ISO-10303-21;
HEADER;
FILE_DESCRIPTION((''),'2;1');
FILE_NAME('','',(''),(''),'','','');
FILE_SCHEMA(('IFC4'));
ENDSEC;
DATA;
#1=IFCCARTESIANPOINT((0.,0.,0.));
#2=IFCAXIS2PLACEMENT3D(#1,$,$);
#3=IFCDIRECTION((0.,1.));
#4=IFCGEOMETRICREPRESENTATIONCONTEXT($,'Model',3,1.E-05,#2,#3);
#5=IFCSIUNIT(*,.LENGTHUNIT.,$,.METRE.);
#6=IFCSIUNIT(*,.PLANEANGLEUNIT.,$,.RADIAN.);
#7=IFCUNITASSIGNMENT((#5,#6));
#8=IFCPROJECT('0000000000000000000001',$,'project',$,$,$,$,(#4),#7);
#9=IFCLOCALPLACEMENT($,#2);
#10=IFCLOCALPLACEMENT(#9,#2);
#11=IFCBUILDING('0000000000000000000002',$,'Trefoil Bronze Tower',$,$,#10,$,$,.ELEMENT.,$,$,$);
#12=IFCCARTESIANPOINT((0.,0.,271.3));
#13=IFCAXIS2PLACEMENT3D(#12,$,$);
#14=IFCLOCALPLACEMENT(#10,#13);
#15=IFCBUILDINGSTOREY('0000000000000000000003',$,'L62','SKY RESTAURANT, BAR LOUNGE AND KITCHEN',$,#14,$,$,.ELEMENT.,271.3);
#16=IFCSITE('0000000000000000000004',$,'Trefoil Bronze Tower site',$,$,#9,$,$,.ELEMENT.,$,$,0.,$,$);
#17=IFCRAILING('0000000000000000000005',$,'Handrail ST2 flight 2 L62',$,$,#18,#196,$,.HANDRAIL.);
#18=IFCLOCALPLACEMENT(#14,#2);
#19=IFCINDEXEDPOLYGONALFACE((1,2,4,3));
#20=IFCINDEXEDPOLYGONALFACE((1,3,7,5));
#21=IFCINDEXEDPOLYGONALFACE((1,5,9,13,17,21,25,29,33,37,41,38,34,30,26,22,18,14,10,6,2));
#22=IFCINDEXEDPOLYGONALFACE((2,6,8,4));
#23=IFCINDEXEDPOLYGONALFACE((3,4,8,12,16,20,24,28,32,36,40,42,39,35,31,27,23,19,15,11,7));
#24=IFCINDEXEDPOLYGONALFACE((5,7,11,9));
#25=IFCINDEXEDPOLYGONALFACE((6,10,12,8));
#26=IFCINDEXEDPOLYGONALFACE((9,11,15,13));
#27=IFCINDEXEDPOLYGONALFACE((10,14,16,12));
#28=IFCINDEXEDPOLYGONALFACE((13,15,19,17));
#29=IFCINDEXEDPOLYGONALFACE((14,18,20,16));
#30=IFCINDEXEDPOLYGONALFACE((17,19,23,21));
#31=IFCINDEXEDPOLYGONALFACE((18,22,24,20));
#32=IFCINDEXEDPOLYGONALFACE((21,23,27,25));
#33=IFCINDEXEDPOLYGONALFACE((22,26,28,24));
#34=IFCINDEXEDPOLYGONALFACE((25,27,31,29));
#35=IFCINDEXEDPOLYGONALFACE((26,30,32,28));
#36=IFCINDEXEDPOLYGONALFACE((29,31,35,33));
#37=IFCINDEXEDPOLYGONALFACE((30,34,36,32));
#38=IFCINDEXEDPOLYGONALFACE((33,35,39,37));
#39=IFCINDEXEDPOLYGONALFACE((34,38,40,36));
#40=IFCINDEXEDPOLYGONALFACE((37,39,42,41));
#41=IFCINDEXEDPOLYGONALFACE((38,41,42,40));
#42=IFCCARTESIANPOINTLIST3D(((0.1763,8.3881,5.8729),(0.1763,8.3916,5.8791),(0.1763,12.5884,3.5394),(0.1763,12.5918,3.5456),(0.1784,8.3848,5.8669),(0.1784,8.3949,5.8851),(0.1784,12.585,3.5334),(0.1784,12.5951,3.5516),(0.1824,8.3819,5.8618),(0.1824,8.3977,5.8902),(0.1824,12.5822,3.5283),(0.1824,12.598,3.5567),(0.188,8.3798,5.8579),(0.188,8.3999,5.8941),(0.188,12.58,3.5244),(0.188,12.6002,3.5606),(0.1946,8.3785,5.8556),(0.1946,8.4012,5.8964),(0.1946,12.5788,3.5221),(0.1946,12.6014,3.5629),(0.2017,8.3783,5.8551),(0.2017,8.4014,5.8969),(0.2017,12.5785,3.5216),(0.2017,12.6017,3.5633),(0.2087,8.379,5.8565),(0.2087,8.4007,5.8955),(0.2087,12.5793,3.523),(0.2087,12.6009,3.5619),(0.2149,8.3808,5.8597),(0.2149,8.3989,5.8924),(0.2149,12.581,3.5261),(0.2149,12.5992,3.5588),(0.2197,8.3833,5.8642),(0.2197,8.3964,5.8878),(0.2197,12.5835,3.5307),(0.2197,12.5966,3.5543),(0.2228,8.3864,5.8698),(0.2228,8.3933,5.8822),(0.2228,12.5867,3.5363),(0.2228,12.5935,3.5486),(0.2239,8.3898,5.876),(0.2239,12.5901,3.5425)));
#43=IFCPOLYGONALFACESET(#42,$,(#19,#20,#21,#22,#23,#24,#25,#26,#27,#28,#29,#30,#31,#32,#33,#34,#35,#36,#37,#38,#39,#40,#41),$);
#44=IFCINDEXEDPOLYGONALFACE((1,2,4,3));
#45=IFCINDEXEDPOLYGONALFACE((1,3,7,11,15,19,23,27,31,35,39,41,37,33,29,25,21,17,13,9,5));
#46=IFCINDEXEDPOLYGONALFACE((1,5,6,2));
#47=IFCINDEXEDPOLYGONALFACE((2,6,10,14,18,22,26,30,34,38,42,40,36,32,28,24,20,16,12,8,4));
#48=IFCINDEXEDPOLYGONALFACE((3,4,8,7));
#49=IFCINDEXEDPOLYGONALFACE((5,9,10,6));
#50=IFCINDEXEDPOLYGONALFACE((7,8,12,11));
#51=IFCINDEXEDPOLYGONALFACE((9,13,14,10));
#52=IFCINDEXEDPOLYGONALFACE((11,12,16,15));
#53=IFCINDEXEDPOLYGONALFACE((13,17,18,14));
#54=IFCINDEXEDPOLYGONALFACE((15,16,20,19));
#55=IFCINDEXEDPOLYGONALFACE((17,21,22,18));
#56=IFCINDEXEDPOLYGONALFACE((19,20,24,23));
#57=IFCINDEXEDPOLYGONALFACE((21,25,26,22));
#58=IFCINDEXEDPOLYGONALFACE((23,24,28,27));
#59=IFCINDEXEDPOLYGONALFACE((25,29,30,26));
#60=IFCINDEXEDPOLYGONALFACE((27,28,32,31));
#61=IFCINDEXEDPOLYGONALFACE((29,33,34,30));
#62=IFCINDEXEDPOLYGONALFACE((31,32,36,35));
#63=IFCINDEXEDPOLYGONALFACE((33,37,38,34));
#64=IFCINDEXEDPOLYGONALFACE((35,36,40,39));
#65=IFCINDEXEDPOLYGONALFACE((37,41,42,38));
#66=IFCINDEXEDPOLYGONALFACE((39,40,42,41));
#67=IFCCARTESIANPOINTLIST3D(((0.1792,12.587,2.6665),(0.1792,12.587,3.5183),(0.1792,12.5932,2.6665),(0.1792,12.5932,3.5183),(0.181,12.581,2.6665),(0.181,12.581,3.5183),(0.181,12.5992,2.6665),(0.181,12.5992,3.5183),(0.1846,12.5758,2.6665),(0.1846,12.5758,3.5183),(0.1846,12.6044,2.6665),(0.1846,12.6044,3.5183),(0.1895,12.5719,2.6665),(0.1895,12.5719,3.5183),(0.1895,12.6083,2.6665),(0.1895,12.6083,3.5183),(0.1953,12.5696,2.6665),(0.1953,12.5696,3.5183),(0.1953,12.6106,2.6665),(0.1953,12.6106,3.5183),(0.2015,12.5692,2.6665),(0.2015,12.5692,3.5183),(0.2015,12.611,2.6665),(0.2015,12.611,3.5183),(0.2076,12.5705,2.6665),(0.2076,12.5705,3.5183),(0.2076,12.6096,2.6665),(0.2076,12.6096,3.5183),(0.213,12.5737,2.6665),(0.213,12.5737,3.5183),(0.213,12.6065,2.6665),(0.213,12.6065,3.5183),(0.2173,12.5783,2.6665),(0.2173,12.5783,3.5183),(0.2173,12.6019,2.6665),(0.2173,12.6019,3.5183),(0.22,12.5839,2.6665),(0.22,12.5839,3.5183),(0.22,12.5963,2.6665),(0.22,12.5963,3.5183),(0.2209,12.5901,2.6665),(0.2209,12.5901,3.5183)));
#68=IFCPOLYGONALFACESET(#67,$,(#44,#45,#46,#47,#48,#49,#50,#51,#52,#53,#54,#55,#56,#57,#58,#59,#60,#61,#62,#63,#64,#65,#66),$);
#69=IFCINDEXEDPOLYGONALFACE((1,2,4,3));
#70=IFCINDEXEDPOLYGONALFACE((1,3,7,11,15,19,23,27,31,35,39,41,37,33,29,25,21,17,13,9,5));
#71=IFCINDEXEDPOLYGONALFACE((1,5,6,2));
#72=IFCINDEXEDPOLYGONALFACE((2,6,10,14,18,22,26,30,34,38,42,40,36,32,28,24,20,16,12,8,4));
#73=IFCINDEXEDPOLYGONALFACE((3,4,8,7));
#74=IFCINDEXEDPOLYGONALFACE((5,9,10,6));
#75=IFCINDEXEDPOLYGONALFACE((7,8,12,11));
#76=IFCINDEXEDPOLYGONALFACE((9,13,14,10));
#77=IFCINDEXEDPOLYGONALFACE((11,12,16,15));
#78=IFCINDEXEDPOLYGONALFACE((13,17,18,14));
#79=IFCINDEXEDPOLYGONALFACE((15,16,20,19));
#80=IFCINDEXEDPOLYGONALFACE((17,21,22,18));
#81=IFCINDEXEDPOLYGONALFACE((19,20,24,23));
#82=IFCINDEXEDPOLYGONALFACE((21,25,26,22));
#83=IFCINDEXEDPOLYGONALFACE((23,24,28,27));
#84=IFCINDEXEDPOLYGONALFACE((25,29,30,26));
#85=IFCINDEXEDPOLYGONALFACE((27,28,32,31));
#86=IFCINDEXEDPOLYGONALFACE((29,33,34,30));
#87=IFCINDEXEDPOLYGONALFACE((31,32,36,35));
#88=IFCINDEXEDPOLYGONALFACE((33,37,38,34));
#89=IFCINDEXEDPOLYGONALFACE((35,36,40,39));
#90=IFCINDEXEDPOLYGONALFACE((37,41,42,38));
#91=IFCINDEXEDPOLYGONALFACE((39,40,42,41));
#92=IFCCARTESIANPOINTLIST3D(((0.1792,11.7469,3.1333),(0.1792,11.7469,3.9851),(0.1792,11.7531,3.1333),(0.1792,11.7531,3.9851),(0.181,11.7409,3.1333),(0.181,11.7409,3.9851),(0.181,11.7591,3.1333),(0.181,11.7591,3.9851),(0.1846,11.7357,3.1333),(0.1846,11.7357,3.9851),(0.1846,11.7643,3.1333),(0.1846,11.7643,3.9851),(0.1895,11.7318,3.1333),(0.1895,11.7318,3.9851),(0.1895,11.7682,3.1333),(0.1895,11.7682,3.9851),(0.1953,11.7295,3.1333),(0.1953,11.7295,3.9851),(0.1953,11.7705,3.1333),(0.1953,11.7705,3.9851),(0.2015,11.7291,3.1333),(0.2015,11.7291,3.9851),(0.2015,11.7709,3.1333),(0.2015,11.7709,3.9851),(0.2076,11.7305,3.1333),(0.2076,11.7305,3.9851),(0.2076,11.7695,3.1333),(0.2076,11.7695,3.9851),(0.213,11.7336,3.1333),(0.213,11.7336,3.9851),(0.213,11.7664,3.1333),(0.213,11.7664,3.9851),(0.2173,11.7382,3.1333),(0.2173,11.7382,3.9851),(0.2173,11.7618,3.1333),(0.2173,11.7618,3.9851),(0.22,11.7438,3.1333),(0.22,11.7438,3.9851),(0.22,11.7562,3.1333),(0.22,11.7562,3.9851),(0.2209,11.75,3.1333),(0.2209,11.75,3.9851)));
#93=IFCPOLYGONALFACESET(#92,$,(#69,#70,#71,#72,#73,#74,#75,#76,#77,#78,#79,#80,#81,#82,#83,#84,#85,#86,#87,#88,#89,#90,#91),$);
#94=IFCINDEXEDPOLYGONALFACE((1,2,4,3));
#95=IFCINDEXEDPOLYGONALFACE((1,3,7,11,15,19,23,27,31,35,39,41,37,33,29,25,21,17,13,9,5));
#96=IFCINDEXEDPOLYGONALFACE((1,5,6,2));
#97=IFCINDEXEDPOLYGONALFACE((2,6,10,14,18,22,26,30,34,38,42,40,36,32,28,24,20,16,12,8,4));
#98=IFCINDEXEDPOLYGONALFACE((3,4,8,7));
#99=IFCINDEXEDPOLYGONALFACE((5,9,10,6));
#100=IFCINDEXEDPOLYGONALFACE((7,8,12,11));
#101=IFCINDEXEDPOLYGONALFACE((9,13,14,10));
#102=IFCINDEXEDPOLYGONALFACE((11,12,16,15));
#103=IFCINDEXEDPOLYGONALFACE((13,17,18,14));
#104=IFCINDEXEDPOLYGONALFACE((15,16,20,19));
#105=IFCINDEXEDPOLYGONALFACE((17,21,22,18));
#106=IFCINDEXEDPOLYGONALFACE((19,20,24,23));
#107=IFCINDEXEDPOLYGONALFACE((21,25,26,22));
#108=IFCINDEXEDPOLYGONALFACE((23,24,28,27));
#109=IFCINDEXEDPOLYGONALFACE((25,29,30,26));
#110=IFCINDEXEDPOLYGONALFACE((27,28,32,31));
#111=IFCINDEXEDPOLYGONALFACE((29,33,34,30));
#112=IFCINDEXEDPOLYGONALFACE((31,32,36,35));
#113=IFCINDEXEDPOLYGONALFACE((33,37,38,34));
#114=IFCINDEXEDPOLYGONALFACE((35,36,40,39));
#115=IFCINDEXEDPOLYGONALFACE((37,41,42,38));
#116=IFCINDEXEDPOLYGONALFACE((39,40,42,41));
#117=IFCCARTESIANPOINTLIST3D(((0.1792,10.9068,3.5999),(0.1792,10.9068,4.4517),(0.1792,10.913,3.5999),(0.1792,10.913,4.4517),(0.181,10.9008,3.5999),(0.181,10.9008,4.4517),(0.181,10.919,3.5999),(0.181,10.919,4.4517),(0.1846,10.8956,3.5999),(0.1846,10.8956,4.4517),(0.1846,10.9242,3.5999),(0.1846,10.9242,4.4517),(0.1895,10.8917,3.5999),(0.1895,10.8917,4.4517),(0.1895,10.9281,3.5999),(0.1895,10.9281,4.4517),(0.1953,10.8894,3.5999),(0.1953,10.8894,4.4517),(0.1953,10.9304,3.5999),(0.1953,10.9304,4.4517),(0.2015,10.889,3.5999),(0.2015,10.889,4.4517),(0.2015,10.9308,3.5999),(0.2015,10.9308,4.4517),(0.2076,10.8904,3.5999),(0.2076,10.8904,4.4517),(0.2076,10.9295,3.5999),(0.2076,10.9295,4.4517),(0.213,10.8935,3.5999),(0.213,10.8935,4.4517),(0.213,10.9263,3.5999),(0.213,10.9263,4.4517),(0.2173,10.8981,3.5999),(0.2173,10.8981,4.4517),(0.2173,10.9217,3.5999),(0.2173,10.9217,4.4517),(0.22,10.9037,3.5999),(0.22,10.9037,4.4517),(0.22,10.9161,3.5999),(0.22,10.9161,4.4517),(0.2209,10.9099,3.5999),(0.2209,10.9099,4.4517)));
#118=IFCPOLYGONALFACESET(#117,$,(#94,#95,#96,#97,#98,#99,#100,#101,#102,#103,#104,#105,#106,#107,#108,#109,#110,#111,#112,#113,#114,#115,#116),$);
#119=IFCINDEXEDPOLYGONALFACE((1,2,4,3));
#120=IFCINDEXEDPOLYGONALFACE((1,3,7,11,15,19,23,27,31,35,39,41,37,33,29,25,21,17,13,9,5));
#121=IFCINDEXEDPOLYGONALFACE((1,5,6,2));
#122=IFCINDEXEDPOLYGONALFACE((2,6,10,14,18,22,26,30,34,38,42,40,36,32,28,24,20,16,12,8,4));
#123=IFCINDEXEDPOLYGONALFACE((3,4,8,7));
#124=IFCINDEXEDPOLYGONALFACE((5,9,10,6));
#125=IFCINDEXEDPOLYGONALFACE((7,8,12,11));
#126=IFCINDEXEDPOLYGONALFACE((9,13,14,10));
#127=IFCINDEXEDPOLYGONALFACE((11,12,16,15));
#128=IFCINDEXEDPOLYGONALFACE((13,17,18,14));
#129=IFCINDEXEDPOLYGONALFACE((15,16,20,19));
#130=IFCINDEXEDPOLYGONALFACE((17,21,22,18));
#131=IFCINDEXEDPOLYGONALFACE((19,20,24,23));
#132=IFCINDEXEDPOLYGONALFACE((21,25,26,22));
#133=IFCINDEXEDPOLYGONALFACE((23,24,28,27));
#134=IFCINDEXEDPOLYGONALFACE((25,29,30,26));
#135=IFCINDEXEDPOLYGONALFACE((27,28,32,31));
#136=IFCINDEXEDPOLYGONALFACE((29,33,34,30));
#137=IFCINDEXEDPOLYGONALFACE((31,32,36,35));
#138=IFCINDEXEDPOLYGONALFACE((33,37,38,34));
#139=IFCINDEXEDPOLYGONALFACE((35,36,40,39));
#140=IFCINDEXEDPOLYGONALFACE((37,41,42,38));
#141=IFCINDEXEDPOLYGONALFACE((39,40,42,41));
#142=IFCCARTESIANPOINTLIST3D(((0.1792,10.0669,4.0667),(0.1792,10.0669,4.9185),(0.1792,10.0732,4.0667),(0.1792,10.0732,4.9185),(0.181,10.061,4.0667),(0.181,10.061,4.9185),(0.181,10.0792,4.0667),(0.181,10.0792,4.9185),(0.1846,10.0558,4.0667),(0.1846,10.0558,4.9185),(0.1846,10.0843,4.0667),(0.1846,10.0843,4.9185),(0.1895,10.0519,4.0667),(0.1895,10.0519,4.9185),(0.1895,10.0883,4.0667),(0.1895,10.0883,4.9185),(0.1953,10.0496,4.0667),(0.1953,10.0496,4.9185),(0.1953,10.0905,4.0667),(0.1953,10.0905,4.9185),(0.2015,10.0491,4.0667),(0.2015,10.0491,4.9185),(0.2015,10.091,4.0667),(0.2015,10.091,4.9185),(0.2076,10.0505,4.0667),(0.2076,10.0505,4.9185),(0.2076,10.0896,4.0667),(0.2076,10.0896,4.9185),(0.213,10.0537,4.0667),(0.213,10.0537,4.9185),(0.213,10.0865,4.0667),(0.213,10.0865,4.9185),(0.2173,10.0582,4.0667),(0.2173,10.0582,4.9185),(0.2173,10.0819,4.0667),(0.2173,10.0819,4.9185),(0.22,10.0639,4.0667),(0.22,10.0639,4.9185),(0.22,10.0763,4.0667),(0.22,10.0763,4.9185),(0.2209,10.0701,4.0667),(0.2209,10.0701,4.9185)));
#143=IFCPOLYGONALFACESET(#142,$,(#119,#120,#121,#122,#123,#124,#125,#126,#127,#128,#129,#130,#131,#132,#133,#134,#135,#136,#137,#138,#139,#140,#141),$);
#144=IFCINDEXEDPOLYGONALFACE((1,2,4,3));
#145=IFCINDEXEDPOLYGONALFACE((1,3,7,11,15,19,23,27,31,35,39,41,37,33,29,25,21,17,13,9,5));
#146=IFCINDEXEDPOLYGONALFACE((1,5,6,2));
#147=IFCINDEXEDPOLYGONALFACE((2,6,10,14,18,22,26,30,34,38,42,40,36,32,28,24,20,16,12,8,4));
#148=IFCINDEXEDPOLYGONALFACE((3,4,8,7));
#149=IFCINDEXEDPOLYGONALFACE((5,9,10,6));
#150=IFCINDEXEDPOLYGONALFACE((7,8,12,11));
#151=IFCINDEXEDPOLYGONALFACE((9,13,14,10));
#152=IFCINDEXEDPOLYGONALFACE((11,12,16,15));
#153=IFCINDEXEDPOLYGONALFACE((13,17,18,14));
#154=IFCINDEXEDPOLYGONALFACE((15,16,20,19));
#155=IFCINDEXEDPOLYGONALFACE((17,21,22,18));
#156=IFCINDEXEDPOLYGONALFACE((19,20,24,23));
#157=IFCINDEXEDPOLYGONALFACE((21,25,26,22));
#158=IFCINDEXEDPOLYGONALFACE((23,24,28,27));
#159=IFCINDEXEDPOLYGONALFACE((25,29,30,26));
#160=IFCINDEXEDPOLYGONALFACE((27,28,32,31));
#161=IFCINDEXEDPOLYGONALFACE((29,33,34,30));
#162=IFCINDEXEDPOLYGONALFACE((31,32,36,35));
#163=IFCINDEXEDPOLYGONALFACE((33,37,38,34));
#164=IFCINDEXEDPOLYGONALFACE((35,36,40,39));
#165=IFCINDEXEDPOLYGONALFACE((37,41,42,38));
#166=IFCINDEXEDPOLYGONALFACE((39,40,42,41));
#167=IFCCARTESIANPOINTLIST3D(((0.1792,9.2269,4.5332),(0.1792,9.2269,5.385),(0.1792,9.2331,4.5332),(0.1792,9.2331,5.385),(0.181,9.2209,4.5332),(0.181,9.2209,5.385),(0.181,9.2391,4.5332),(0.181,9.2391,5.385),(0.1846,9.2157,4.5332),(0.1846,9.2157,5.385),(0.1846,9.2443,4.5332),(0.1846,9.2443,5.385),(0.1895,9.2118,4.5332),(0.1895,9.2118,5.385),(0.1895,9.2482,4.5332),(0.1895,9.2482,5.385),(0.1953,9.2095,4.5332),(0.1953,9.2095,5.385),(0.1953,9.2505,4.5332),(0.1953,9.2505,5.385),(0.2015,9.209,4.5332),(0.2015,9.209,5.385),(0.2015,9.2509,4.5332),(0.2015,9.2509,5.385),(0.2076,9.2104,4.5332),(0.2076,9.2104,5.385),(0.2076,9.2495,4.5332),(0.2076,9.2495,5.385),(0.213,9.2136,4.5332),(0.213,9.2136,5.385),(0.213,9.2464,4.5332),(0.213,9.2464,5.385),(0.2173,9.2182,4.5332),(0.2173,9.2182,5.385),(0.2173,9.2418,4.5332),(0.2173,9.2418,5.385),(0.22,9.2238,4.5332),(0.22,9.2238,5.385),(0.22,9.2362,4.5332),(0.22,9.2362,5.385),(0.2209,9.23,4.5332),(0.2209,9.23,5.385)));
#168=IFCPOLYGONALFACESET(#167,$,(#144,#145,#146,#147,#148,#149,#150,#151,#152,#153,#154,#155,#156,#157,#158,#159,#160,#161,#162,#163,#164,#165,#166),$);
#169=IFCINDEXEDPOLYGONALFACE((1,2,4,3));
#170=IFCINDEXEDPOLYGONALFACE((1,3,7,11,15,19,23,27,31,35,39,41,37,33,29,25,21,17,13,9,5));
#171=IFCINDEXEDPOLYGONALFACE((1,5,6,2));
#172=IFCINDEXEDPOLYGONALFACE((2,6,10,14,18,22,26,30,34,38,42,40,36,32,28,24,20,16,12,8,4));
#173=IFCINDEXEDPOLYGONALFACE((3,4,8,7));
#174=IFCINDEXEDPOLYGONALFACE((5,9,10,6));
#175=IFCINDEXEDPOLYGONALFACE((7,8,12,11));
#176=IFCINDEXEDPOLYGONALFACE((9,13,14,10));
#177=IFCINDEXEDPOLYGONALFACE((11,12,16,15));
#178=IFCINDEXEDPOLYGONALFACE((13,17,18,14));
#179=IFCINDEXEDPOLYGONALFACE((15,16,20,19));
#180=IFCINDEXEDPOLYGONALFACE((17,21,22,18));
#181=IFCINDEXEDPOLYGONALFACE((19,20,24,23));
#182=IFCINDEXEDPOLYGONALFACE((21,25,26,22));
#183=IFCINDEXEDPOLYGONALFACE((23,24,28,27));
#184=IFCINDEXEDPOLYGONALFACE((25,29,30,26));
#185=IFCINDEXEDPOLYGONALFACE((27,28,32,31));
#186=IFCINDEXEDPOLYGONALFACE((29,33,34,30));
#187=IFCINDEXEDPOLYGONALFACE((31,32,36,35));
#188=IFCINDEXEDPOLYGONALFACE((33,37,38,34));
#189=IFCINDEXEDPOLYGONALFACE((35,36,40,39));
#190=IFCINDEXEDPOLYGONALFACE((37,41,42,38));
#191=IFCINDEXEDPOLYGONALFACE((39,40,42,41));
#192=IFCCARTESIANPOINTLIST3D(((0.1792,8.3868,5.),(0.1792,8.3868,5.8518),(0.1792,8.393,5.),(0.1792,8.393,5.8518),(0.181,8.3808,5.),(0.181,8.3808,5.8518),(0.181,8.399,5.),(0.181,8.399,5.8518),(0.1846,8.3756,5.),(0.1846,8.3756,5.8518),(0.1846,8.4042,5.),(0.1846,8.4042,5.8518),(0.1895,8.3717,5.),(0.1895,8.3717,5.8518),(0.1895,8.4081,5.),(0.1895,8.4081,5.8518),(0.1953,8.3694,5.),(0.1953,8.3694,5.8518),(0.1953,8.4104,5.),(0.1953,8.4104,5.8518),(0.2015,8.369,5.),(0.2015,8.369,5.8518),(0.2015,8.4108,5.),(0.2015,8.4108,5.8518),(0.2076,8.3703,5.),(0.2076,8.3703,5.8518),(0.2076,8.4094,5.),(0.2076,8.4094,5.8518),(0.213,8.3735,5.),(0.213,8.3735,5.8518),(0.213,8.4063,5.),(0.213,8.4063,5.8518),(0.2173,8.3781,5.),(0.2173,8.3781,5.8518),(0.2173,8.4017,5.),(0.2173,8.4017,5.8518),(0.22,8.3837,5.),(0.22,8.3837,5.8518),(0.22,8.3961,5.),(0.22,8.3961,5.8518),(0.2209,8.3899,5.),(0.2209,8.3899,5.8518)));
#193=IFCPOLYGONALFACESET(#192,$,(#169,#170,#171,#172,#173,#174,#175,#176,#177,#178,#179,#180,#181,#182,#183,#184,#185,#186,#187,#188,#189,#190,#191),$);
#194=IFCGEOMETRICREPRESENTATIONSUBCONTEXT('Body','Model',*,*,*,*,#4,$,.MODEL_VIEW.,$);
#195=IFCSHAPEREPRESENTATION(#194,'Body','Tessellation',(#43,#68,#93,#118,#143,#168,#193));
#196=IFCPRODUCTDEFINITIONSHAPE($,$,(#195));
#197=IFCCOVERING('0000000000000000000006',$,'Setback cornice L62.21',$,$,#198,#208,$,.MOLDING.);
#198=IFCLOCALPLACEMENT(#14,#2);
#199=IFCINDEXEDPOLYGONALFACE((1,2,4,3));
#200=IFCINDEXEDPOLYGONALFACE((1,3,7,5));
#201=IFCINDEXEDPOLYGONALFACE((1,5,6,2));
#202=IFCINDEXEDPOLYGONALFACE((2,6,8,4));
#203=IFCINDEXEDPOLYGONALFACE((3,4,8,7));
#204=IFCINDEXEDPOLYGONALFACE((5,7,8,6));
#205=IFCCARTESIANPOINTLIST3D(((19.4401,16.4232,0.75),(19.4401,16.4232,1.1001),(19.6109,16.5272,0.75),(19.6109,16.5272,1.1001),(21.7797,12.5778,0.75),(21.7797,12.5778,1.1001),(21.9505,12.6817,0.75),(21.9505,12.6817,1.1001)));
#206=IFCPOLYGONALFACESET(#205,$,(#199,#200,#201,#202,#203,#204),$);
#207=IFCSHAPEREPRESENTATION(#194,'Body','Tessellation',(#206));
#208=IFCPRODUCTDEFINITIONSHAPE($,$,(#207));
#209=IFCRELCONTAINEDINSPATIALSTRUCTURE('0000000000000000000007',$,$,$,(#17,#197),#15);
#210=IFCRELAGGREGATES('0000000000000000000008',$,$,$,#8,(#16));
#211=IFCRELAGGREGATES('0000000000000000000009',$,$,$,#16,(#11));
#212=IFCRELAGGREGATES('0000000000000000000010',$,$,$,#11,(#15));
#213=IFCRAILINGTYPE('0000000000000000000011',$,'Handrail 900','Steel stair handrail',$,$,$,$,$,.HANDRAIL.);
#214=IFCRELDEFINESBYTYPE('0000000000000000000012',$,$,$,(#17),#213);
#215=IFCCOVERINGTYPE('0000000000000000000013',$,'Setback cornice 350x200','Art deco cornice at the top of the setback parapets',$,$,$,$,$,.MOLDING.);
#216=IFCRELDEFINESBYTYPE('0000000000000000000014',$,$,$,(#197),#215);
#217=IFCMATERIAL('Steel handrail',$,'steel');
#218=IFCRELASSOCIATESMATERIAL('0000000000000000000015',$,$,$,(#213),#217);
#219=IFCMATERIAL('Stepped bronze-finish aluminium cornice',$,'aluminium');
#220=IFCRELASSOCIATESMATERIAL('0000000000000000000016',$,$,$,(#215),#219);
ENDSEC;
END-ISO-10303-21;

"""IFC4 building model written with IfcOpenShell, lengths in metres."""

from ifc_helpers import new_model, si_unit, direction, frame, origin, origin_2d, place, context, subcontext, project, spatial, rectangle, circle, extrude, material, type_object, element, save


model = new_model("IFC4")

# Units and contexts
model_context = context("Model", 3, precision=1e-05, world=origin(), true_north=direction((0.0, 1.0)))
body_context = subcontext(model_context, "Body", "Model", "MODEL_VIEW")
ifc_project = project(units=[si_unit("LENGTHUNIT", "METRE"), si_unit("PLANEANGLEUNIT", "RADIAN")], contexts=[model_context])

# Site, building, storey
site_placement = place(None, origin())
site = spatial("IfcSite", under=ifc_project, at=site_placement, Name="Trefoil Bronze Tower site", CompositionType="ELEMENT", RefElevation=0.0)
building_placement = place(site_placement, origin())
building = spatial("IfcBuilding", under=site, at=building_placement, Name="Trefoil Bronze Tower", CompositionType="ELEMENT")
storey_placement = place(building_placement, frame((0.0, 0.0, 271.3)))
storey = spatial("IfcBuildingStorey", under=building, at=storey_placement, Name="L62", Description="SKY RESTAURANT, BAR LOUNGE AND KITCHEN", CompositionType="ELEMENT", Elevation=271.3)

# Railing
ifc_material_1 = material(Name="Steel handrail", Category="steel")
railing_type_1 = type_object("IfcRailingType", Name="Handrail 900", Description="Steel stair handrail", PredefinedType="HANDRAIL", material=ifc_material_1)
railing_1_placement = place(storey_placement, frame((0.2, 12.5901, 2.6665)))
element("IfcRailing", 1, at=railing_1_placement, inside=storey, type_object=railing_type_1, Name="Handrail ST2 flight 2 L62", PredefinedType="HANDRAIL", context=body_context, shape_type="SweptSolid", body=[
    extrude(circle(Radius=0.0239, at=origin_2d()), frame((0.0, 0.0, 0.876), z_axis=(0.0, -0.874152, 0.485652), x_axis=(1.0, 0.0, 0.0)), (0.0, 0.0, 1.0), 4.8049),
    extrude(circle(Radius=0.021, at=origin_2d()), origin(), (0.0, 0.0, 1.0), 0.8518),
    extrude(circle(Radius=0.021, at=origin_2d()), frame((0.0, -0.8401, 0.4668)), (0.0, 0.0, 1.0), 0.8518),
    extrude(circle(Radius=0.021, at=origin_2d()), frame((0.0, -1.6802, 0.9333)), (0.0, 0.0, 1.0), 0.8518),
    extrude(circle(Radius=0.021, at=origin_2d()), frame((0.0, -2.52, 1.4001)), (0.0, 0.0, 1.0), 0.8518),
    extrude(circle(Radius=0.021, at=origin_2d()), frame((0.0, -3.3601, 1.8667)), (0.0, 0.0, 1.0), 0.8518),
    extrude(circle(Radius=0.021, at=origin_2d()), frame((0.0, -4.2002, 2.3335)), (0.0, 0.0, 1.0), 0.8518),
])

# Covering
ifc_material_2 = material(Name="Stepped bronze-finish aluminium cornice", Category="aluminium")
covering_type = type_object("IfcCoveringType", Name="Setback cornice 350x200", Description="Art deco cornice at the top of the setback parapets", PredefinedType="MOLDING", material=ifc_material_2)
covering_1_placement = place(storey_placement, frame((20.6953, 14.5525, 0.75), z_axis=(0.0, 0.0, 1.0), x_axis=(-0.519762, 0.854311, 0.0)))
element("IfcCovering", 2, at=covering_1_placement, inside=storey, type_object=covering_type, Name="Setback cornice L62.21", PredefinedType="MOLDING", context=body_context, shape_type="SweptSolid", body=[
    extrude(rectangle(XDim=4.5012, YDim=0.2, at=origin_2d()), origin(), (0.0, 0.0, 1.0), 0.3501),
])

save(model, "model.ifc")
